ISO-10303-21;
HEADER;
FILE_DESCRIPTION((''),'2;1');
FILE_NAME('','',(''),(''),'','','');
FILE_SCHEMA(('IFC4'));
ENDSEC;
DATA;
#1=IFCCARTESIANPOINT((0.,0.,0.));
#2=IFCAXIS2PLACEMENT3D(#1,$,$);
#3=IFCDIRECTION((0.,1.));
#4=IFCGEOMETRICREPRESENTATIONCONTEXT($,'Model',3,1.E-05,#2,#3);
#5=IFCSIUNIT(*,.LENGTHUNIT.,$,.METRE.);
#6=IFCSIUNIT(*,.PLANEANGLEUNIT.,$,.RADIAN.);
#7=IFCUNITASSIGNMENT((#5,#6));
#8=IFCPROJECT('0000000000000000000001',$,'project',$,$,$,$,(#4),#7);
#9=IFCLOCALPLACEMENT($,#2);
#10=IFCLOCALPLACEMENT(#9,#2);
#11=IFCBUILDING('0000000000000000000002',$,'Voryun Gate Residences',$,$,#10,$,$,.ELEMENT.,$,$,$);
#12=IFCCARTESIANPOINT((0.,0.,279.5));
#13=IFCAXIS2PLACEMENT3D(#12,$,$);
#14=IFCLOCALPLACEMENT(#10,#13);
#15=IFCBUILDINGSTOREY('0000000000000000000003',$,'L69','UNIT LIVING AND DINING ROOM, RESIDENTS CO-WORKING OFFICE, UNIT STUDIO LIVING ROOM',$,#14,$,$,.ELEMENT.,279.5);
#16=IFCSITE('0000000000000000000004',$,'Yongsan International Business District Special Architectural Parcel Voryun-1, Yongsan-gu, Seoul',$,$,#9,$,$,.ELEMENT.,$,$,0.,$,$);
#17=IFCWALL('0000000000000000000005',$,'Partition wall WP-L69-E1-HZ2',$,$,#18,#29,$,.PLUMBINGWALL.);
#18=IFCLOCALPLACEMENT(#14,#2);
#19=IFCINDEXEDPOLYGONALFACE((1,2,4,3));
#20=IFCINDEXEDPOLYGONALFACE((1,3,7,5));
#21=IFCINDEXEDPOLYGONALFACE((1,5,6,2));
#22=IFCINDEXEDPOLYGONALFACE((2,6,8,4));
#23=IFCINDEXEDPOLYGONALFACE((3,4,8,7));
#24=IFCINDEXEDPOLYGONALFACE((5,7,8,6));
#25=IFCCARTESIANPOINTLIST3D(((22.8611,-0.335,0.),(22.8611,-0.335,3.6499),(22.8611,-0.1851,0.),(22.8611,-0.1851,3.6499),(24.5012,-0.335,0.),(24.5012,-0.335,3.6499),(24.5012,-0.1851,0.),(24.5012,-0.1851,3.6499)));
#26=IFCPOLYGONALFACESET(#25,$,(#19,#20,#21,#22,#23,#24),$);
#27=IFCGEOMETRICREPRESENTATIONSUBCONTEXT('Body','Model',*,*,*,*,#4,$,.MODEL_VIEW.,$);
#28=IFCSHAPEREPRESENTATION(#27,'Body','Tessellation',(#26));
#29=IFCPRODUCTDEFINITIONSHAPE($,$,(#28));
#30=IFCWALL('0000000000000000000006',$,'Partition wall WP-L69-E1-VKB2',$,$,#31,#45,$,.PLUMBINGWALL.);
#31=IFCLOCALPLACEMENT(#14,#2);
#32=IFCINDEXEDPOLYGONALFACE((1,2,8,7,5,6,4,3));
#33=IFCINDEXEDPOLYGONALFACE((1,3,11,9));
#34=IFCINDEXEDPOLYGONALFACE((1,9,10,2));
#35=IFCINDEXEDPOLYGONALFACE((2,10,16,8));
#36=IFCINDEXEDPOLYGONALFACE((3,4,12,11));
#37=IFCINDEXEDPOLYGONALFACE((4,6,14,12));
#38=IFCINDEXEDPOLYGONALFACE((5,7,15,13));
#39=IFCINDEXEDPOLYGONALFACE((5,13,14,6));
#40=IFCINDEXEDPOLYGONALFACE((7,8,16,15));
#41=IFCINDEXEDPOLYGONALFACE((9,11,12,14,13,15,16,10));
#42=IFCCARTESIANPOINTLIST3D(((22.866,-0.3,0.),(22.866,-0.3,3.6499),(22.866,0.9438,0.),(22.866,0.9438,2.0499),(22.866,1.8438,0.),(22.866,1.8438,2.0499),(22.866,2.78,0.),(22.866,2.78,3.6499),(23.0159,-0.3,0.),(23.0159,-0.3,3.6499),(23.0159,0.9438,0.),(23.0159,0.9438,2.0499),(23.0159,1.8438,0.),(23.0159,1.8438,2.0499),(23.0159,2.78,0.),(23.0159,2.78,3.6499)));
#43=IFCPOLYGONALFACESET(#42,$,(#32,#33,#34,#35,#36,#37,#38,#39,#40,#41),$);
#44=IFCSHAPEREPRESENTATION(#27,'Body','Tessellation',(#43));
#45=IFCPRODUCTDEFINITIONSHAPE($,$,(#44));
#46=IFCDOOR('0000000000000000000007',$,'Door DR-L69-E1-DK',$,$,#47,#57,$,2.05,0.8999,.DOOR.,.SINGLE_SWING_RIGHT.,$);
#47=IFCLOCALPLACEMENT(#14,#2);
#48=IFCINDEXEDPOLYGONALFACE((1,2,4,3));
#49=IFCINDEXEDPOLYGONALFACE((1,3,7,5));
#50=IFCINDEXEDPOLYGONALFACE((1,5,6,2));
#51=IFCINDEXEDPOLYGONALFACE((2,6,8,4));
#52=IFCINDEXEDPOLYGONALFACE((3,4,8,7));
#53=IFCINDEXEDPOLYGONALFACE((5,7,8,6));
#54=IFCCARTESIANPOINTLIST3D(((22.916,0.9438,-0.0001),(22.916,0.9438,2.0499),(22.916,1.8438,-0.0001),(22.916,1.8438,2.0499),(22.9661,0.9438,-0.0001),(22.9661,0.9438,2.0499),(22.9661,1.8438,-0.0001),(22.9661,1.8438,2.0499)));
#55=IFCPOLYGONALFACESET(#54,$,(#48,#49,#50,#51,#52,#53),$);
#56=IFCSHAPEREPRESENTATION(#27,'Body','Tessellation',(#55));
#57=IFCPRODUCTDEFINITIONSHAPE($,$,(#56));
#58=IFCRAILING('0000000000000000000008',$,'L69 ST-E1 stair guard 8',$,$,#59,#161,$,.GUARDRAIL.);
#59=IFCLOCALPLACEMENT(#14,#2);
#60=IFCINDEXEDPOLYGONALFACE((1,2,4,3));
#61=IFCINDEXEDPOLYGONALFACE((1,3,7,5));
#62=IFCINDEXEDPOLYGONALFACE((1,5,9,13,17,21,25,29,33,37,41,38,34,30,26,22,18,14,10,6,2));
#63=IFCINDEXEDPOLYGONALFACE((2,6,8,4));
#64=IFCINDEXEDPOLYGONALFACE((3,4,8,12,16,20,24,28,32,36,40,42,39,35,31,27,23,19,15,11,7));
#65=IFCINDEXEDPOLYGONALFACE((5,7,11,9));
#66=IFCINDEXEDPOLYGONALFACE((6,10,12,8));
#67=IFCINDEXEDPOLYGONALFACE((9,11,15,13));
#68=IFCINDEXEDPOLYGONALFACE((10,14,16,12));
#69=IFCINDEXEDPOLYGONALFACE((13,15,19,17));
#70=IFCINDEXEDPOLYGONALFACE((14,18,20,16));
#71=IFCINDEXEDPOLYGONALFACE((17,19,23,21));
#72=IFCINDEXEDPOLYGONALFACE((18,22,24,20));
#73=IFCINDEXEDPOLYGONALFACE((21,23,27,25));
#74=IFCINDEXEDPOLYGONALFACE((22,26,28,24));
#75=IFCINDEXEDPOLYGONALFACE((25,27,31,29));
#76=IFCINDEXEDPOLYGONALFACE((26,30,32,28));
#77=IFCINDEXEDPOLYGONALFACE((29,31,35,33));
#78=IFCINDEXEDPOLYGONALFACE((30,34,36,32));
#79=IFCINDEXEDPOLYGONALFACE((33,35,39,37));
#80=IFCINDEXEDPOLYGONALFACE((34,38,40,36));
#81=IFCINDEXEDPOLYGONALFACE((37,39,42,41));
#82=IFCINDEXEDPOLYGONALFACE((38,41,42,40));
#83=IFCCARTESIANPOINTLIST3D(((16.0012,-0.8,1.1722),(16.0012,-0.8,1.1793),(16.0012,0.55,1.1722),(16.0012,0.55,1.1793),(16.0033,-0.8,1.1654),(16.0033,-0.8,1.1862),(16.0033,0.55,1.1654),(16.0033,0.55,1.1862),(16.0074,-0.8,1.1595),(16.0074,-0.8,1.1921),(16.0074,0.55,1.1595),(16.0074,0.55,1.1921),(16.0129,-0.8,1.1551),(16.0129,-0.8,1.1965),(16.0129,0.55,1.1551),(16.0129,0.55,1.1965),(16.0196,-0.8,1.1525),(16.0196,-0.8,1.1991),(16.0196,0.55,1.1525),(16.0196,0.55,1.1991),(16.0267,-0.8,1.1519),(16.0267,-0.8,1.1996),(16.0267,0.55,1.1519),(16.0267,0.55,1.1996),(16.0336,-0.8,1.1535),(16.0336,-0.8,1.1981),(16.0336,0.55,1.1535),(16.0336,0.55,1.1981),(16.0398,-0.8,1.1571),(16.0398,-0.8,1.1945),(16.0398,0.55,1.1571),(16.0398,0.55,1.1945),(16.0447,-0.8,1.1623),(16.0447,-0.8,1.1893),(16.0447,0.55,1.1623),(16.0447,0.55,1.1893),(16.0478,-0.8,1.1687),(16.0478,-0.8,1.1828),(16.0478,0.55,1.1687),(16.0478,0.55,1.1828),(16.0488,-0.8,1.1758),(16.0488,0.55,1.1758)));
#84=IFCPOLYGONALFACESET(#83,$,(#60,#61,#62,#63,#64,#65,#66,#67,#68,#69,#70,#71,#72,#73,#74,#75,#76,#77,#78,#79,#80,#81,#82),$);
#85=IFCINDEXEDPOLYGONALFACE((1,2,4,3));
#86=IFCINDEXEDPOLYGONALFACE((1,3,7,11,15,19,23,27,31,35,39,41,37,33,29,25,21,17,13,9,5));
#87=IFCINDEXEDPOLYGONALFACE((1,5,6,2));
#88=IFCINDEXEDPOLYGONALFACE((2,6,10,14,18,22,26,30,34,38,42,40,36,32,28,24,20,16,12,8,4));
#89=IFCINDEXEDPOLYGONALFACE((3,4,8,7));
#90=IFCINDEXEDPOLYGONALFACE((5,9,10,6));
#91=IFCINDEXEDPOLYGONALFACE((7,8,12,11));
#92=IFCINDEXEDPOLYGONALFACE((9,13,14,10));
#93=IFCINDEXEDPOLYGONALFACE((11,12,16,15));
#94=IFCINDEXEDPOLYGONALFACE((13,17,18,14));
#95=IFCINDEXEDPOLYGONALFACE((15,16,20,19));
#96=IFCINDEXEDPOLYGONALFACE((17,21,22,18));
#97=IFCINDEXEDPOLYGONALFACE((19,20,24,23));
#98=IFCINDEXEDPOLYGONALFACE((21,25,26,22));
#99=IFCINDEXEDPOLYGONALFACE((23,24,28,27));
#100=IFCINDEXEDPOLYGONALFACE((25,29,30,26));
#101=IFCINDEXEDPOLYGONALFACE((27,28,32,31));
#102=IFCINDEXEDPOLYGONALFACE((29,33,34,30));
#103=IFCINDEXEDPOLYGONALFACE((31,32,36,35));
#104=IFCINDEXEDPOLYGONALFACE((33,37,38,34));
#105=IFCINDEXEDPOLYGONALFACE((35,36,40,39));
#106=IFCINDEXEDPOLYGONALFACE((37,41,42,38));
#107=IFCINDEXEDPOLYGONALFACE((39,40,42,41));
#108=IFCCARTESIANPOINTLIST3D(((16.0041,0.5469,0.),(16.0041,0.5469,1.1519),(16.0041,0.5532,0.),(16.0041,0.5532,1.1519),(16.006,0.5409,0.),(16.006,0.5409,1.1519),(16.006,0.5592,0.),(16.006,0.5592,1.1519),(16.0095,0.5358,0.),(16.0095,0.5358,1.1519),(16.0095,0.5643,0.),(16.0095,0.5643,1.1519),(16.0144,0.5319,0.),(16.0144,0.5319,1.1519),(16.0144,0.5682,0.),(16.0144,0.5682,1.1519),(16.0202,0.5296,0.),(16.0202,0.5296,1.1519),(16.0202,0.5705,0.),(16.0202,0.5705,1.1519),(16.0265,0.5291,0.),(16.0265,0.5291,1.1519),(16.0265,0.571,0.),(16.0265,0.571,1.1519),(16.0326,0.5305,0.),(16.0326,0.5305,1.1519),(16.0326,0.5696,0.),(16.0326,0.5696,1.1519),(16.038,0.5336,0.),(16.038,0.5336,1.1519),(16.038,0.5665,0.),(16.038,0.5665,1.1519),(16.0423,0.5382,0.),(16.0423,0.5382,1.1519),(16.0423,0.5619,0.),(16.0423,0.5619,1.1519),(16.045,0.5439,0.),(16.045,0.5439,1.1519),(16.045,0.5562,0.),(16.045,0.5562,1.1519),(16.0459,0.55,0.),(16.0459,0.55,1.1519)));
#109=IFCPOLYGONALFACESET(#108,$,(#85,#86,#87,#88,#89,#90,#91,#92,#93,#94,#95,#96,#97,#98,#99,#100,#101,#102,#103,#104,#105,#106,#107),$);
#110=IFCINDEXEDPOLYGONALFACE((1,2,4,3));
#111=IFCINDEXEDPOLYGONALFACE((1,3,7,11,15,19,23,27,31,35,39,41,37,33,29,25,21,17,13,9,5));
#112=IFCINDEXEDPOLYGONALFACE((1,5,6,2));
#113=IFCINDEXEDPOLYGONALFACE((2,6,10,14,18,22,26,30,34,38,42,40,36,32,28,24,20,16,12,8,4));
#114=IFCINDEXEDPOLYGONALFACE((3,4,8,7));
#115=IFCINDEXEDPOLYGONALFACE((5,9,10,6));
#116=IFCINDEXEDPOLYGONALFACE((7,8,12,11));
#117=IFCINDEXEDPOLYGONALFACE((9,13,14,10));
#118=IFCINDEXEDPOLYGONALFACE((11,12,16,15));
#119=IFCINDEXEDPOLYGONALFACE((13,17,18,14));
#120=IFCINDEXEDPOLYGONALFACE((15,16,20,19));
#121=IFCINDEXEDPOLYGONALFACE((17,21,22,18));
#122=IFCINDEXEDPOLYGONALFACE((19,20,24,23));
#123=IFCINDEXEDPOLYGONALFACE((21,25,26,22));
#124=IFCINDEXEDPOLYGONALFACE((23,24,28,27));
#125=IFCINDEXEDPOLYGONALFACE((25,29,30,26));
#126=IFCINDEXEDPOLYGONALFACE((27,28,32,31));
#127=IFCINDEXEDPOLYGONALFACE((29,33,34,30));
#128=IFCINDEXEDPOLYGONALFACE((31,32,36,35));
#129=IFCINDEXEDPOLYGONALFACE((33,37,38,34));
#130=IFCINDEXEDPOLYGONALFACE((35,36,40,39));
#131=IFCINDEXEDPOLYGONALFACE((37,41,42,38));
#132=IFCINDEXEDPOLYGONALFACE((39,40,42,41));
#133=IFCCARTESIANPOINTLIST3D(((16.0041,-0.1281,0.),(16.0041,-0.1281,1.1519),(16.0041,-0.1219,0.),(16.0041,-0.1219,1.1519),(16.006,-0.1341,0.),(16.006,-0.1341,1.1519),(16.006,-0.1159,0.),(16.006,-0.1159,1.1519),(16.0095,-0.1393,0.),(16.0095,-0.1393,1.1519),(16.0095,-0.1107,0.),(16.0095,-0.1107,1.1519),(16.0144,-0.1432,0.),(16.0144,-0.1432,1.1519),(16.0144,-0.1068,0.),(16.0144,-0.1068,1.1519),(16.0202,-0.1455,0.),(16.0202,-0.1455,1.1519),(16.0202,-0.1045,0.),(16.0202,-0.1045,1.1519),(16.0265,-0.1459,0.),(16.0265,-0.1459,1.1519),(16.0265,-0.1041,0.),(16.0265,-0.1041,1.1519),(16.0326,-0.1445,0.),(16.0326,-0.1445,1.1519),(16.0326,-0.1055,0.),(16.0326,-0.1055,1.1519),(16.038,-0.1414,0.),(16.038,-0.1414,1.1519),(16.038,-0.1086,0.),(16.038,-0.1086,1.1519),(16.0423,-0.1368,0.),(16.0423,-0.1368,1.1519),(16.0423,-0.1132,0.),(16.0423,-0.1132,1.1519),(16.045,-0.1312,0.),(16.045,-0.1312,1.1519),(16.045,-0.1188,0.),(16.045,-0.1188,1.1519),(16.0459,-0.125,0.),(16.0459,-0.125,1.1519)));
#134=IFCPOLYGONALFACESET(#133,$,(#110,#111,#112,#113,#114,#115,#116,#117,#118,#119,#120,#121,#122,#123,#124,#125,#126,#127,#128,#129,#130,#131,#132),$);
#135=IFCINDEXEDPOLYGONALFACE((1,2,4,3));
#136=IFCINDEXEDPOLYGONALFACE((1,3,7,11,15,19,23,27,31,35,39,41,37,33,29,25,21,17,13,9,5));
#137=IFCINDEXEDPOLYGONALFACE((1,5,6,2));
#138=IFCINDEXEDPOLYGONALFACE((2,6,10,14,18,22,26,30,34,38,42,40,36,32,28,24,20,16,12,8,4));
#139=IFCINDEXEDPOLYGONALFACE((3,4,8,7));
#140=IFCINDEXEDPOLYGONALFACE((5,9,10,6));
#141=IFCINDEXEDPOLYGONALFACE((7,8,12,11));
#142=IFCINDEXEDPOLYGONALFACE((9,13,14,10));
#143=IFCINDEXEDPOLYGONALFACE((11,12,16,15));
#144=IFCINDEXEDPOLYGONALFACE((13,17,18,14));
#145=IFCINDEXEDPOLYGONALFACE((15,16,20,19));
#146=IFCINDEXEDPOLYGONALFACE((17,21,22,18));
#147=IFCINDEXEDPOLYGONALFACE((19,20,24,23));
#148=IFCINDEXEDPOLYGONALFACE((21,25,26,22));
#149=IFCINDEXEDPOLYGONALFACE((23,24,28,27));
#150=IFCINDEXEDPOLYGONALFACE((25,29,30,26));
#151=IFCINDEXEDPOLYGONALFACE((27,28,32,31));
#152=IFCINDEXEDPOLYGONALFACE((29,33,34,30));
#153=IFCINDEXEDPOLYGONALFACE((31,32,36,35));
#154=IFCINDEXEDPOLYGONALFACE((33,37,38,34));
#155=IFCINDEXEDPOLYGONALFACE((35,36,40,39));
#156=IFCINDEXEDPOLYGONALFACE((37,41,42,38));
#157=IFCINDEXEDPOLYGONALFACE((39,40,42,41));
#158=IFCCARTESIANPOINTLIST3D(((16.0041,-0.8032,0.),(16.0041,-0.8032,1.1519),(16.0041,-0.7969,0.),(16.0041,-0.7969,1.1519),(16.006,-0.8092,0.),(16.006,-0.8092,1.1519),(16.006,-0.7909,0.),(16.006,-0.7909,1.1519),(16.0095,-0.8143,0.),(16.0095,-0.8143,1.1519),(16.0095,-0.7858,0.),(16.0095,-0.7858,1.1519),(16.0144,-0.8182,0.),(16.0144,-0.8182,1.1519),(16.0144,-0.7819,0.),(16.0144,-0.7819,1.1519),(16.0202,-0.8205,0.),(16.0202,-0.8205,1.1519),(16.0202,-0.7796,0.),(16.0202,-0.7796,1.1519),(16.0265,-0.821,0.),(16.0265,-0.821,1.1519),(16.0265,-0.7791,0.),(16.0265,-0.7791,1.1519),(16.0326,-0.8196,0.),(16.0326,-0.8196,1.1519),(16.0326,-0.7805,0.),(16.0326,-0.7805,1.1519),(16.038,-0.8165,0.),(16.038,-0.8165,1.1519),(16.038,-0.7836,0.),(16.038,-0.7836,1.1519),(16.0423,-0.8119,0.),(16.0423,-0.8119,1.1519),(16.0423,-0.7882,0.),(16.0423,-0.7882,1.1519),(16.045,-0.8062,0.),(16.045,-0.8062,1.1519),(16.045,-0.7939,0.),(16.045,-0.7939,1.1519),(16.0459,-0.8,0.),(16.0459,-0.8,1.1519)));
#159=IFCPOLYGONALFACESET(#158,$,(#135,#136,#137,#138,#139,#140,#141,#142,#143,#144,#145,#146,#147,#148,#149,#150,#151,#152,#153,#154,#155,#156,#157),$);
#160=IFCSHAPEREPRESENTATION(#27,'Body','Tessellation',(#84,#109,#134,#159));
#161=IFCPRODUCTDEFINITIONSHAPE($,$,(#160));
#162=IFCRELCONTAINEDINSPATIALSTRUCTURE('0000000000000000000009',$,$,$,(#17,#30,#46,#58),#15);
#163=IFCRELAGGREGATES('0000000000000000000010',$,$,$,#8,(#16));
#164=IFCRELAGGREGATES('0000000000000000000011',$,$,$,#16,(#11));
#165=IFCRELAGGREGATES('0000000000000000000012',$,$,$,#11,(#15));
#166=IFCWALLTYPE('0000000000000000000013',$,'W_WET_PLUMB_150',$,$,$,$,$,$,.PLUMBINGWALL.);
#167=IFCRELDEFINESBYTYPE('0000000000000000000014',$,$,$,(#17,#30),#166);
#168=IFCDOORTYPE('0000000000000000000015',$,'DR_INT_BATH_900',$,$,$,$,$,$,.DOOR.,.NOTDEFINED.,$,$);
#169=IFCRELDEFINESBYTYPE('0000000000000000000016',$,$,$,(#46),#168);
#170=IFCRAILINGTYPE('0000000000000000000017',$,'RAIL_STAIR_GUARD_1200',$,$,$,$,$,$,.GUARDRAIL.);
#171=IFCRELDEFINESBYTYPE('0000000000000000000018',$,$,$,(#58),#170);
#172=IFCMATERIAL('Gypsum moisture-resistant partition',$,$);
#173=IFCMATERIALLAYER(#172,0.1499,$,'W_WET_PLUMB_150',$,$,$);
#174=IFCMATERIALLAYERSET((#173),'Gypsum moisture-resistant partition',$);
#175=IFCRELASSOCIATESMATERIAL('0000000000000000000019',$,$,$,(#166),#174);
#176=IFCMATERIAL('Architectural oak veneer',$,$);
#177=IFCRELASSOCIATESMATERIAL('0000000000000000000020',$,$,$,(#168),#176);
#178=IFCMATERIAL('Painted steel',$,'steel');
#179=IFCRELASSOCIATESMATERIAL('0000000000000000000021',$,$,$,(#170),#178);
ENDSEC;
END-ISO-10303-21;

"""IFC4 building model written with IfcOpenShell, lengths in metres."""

from ifc_helpers import new_model, si_unit, direction, frame, frame_2d, origin, origin_2d, place, context, subcontext, project, spatial, rectangle, circle, extrude, material, layer, layer_set, type_object, element, fill, save


model = new_model("IFC4")

# Units and contexts
model_context = context("Model", 3, precision=1e-05, world=origin(), true_north=direction((0.0, 1.0)))
body_context = subcontext(model_context, "Body", "Model", "MODEL_VIEW")
ifc_project = project(units=[si_unit("LENGTHUNIT", "METRE"), si_unit("PLANEANGLEUNIT", "RADIAN")], contexts=[model_context])

# Site, building, storey
site_placement = place(None, origin())
site = spatial("IfcSite", under=ifc_project, at=site_placement, Name="Yongsan International Business District Special Architectural Parcel Voryun-1, Yongsan-gu, Seoul", CompositionType="ELEMENT", RefElevation=0.0)
building_placement = place(site_placement, origin())
building = spatial("IfcBuilding", under=site, at=building_placement, Name="Voryun Gate Residences", CompositionType="ELEMENT")
storey_placement = place(building_placement, frame((0.0, 0.0, 279.5)))
storey = spatial("IfcBuildingStorey", under=building, at=storey_placement, Name="L69", Description="UNIT LIVING AND DINING ROOM, RESIDENTS CO-WORKING OFFICE, UNIT STUDIO LIVING ROOM", CompositionType="ELEMENT", Elevation=279.5)

# Wall
ifc_material_1 = material(Name="Gypsum moisture-resistant partition")
ifc_layer_1 = layer(ifc_material_1, 0.1499, Name="W_WET_PLUMB_150")
ifc_layer_set_1 = layer_set([ifc_layer_1], Name="Gypsum moisture-resistant partition")
wall_type_1 = type_object("IfcWallType", Name="W_WET_PLUMB_150", PredefinedType="PLUMBINGWALL", material=ifc_layer_set_1)
wall_1_placement = place(storey_placement, frame((22.8611, -0.26, 0.0), z_axis=(0.0, 0.0, 1.0), x_axis=(1.0, 0.0, 0.0)))
element("IfcWall", 1, at=wall_1_placement, inside=storey, type_object=wall_type_1, Name="Partition wall WP-L69-E1-HZ2", PredefinedType="PLUMBINGWALL", context=body_context, shape_type="SweptSolid", body=[
    extrude(rectangle(XDim=1.6401, YDim=0.1499, at=frame_2d((0.8201, 0.0))), origin(), (0.0, 0.0, 1.0), 3.6499),
])

# Wall, opening, door
wall_2_placement = place(storey_placement, frame((22.9409, -0.3, 0.0), z_axis=(0.0, 0.0, 1.0), x_axis=(0.0, 1.0, 0.0)))
wall_2 = element("IfcWall", 2, at=wall_2_placement, inside=storey, type_object=wall_type_1, Name="Partition wall WP-L69-E1-VKB2", PredefinedType="PLUMBINGWALL", context=body_context, shape_type="SweptSolid", body=[
    extrude(rectangle(XDim=3.0801, YDim=0.1499, at=frame_2d((1.54, 0.0))), origin(), (0.0, 0.0, 1.0), 3.6499),
])
opening_1_placement = place(wall_2_placement, frame((1.2439, 0.0, 0.0)))
opening_1 = element("IfcOpeningElement", 3, at=opening_1_placement, cuts=wall_2, PredefinedType="OPENING", context=body_context, shape_type="SweptSolid", body=[
    extrude(rectangle(XDim=0.8999, YDim=2.05, at=frame_2d((0.45, 1.0249))), frame((0.0, 0.085, 0.0), z_axis=(0.0, -1.0, 0.0), x_axis=(1.0, 0.0, 0.0)), (0.0, 0.0, 1.0), 0.1699),
])
ifc_material_2 = material(Name="Architectural oak veneer")
door_type_1 = type_object("IfcDoorType", Name="DR_INT_BATH_900", OperationType="NOTDEFINED", PredefinedType="DOOR", material=ifc_material_2)
door_1_placement = place(opening_1_placement, origin())
door_1 = element("IfcDoor", 4, at=door_1_placement, inside=storey, type_object=door_type_1, Name="Door DR-L69-E1-DK", OperationType="SINGLE_SWING_RIGHT", OverallHeight=2.05, OverallWidth=0.8999, PredefinedType="DOOR", context=body_context, shape_type="SweptSolid", body=[
    extrude(rectangle(XDim=0.8999, YDim=2.05, at=frame_2d((0.45, 1.0249))), frame((0.0, 0.0249, 0.0), z_axis=(0.0, -1.0, 0.0), x_axis=(1.0, 0.0, 0.0)), (0.0, 0.0, 1.0), 0.05),
])
fill(opening_1, door_1)

# Railing
ifc_material_3 = material(Name="Painted steel", Category="steel")
railing_type = type_object("IfcRailingType", Name="RAIL_STAIR_GUARD_1200", PredefinedType="GUARDRAIL", material=ifc_material_3)
for number, where, name in (
    (5, (16.0249, 0.55, 0.0), "L69 ST-E1 stair guard 8"),
):
    element("IfcRailing", number, at=place(storey_placement, frame(where)), inside=storey, type_object=railing_type, Name=name, PredefinedType="GUARDRAIL", context=body_context, shape_type="SweptSolid", body=[
        extrude(circle(Radius=0.0239, at=origin_2d()), frame((0.0, 0.0, 1.1758), z_axis=(0.0, -1.0, 0.0), x_axis=(1.0, 0.0, 0.0)), (0.0, 0.0, 1.0), 1.3501),
        extrude(circle(Radius=0.021, at=origin_2d()), origin(), (0.0, 0.0, 1.0), 1.1519),
        extrude(circle(Radius=0.021, at=origin_2d()), frame((0.0, -0.675, 0.0)), (0.0, 0.0, 1.0), 1.1519),
        extrude(circle(Radius=0.021, at=origin_2d()), frame((0.0, -1.3501, 0.0)), (0.0, 0.0, 1.0), 1.1519),
    ])

save(model, "model.ifc")
